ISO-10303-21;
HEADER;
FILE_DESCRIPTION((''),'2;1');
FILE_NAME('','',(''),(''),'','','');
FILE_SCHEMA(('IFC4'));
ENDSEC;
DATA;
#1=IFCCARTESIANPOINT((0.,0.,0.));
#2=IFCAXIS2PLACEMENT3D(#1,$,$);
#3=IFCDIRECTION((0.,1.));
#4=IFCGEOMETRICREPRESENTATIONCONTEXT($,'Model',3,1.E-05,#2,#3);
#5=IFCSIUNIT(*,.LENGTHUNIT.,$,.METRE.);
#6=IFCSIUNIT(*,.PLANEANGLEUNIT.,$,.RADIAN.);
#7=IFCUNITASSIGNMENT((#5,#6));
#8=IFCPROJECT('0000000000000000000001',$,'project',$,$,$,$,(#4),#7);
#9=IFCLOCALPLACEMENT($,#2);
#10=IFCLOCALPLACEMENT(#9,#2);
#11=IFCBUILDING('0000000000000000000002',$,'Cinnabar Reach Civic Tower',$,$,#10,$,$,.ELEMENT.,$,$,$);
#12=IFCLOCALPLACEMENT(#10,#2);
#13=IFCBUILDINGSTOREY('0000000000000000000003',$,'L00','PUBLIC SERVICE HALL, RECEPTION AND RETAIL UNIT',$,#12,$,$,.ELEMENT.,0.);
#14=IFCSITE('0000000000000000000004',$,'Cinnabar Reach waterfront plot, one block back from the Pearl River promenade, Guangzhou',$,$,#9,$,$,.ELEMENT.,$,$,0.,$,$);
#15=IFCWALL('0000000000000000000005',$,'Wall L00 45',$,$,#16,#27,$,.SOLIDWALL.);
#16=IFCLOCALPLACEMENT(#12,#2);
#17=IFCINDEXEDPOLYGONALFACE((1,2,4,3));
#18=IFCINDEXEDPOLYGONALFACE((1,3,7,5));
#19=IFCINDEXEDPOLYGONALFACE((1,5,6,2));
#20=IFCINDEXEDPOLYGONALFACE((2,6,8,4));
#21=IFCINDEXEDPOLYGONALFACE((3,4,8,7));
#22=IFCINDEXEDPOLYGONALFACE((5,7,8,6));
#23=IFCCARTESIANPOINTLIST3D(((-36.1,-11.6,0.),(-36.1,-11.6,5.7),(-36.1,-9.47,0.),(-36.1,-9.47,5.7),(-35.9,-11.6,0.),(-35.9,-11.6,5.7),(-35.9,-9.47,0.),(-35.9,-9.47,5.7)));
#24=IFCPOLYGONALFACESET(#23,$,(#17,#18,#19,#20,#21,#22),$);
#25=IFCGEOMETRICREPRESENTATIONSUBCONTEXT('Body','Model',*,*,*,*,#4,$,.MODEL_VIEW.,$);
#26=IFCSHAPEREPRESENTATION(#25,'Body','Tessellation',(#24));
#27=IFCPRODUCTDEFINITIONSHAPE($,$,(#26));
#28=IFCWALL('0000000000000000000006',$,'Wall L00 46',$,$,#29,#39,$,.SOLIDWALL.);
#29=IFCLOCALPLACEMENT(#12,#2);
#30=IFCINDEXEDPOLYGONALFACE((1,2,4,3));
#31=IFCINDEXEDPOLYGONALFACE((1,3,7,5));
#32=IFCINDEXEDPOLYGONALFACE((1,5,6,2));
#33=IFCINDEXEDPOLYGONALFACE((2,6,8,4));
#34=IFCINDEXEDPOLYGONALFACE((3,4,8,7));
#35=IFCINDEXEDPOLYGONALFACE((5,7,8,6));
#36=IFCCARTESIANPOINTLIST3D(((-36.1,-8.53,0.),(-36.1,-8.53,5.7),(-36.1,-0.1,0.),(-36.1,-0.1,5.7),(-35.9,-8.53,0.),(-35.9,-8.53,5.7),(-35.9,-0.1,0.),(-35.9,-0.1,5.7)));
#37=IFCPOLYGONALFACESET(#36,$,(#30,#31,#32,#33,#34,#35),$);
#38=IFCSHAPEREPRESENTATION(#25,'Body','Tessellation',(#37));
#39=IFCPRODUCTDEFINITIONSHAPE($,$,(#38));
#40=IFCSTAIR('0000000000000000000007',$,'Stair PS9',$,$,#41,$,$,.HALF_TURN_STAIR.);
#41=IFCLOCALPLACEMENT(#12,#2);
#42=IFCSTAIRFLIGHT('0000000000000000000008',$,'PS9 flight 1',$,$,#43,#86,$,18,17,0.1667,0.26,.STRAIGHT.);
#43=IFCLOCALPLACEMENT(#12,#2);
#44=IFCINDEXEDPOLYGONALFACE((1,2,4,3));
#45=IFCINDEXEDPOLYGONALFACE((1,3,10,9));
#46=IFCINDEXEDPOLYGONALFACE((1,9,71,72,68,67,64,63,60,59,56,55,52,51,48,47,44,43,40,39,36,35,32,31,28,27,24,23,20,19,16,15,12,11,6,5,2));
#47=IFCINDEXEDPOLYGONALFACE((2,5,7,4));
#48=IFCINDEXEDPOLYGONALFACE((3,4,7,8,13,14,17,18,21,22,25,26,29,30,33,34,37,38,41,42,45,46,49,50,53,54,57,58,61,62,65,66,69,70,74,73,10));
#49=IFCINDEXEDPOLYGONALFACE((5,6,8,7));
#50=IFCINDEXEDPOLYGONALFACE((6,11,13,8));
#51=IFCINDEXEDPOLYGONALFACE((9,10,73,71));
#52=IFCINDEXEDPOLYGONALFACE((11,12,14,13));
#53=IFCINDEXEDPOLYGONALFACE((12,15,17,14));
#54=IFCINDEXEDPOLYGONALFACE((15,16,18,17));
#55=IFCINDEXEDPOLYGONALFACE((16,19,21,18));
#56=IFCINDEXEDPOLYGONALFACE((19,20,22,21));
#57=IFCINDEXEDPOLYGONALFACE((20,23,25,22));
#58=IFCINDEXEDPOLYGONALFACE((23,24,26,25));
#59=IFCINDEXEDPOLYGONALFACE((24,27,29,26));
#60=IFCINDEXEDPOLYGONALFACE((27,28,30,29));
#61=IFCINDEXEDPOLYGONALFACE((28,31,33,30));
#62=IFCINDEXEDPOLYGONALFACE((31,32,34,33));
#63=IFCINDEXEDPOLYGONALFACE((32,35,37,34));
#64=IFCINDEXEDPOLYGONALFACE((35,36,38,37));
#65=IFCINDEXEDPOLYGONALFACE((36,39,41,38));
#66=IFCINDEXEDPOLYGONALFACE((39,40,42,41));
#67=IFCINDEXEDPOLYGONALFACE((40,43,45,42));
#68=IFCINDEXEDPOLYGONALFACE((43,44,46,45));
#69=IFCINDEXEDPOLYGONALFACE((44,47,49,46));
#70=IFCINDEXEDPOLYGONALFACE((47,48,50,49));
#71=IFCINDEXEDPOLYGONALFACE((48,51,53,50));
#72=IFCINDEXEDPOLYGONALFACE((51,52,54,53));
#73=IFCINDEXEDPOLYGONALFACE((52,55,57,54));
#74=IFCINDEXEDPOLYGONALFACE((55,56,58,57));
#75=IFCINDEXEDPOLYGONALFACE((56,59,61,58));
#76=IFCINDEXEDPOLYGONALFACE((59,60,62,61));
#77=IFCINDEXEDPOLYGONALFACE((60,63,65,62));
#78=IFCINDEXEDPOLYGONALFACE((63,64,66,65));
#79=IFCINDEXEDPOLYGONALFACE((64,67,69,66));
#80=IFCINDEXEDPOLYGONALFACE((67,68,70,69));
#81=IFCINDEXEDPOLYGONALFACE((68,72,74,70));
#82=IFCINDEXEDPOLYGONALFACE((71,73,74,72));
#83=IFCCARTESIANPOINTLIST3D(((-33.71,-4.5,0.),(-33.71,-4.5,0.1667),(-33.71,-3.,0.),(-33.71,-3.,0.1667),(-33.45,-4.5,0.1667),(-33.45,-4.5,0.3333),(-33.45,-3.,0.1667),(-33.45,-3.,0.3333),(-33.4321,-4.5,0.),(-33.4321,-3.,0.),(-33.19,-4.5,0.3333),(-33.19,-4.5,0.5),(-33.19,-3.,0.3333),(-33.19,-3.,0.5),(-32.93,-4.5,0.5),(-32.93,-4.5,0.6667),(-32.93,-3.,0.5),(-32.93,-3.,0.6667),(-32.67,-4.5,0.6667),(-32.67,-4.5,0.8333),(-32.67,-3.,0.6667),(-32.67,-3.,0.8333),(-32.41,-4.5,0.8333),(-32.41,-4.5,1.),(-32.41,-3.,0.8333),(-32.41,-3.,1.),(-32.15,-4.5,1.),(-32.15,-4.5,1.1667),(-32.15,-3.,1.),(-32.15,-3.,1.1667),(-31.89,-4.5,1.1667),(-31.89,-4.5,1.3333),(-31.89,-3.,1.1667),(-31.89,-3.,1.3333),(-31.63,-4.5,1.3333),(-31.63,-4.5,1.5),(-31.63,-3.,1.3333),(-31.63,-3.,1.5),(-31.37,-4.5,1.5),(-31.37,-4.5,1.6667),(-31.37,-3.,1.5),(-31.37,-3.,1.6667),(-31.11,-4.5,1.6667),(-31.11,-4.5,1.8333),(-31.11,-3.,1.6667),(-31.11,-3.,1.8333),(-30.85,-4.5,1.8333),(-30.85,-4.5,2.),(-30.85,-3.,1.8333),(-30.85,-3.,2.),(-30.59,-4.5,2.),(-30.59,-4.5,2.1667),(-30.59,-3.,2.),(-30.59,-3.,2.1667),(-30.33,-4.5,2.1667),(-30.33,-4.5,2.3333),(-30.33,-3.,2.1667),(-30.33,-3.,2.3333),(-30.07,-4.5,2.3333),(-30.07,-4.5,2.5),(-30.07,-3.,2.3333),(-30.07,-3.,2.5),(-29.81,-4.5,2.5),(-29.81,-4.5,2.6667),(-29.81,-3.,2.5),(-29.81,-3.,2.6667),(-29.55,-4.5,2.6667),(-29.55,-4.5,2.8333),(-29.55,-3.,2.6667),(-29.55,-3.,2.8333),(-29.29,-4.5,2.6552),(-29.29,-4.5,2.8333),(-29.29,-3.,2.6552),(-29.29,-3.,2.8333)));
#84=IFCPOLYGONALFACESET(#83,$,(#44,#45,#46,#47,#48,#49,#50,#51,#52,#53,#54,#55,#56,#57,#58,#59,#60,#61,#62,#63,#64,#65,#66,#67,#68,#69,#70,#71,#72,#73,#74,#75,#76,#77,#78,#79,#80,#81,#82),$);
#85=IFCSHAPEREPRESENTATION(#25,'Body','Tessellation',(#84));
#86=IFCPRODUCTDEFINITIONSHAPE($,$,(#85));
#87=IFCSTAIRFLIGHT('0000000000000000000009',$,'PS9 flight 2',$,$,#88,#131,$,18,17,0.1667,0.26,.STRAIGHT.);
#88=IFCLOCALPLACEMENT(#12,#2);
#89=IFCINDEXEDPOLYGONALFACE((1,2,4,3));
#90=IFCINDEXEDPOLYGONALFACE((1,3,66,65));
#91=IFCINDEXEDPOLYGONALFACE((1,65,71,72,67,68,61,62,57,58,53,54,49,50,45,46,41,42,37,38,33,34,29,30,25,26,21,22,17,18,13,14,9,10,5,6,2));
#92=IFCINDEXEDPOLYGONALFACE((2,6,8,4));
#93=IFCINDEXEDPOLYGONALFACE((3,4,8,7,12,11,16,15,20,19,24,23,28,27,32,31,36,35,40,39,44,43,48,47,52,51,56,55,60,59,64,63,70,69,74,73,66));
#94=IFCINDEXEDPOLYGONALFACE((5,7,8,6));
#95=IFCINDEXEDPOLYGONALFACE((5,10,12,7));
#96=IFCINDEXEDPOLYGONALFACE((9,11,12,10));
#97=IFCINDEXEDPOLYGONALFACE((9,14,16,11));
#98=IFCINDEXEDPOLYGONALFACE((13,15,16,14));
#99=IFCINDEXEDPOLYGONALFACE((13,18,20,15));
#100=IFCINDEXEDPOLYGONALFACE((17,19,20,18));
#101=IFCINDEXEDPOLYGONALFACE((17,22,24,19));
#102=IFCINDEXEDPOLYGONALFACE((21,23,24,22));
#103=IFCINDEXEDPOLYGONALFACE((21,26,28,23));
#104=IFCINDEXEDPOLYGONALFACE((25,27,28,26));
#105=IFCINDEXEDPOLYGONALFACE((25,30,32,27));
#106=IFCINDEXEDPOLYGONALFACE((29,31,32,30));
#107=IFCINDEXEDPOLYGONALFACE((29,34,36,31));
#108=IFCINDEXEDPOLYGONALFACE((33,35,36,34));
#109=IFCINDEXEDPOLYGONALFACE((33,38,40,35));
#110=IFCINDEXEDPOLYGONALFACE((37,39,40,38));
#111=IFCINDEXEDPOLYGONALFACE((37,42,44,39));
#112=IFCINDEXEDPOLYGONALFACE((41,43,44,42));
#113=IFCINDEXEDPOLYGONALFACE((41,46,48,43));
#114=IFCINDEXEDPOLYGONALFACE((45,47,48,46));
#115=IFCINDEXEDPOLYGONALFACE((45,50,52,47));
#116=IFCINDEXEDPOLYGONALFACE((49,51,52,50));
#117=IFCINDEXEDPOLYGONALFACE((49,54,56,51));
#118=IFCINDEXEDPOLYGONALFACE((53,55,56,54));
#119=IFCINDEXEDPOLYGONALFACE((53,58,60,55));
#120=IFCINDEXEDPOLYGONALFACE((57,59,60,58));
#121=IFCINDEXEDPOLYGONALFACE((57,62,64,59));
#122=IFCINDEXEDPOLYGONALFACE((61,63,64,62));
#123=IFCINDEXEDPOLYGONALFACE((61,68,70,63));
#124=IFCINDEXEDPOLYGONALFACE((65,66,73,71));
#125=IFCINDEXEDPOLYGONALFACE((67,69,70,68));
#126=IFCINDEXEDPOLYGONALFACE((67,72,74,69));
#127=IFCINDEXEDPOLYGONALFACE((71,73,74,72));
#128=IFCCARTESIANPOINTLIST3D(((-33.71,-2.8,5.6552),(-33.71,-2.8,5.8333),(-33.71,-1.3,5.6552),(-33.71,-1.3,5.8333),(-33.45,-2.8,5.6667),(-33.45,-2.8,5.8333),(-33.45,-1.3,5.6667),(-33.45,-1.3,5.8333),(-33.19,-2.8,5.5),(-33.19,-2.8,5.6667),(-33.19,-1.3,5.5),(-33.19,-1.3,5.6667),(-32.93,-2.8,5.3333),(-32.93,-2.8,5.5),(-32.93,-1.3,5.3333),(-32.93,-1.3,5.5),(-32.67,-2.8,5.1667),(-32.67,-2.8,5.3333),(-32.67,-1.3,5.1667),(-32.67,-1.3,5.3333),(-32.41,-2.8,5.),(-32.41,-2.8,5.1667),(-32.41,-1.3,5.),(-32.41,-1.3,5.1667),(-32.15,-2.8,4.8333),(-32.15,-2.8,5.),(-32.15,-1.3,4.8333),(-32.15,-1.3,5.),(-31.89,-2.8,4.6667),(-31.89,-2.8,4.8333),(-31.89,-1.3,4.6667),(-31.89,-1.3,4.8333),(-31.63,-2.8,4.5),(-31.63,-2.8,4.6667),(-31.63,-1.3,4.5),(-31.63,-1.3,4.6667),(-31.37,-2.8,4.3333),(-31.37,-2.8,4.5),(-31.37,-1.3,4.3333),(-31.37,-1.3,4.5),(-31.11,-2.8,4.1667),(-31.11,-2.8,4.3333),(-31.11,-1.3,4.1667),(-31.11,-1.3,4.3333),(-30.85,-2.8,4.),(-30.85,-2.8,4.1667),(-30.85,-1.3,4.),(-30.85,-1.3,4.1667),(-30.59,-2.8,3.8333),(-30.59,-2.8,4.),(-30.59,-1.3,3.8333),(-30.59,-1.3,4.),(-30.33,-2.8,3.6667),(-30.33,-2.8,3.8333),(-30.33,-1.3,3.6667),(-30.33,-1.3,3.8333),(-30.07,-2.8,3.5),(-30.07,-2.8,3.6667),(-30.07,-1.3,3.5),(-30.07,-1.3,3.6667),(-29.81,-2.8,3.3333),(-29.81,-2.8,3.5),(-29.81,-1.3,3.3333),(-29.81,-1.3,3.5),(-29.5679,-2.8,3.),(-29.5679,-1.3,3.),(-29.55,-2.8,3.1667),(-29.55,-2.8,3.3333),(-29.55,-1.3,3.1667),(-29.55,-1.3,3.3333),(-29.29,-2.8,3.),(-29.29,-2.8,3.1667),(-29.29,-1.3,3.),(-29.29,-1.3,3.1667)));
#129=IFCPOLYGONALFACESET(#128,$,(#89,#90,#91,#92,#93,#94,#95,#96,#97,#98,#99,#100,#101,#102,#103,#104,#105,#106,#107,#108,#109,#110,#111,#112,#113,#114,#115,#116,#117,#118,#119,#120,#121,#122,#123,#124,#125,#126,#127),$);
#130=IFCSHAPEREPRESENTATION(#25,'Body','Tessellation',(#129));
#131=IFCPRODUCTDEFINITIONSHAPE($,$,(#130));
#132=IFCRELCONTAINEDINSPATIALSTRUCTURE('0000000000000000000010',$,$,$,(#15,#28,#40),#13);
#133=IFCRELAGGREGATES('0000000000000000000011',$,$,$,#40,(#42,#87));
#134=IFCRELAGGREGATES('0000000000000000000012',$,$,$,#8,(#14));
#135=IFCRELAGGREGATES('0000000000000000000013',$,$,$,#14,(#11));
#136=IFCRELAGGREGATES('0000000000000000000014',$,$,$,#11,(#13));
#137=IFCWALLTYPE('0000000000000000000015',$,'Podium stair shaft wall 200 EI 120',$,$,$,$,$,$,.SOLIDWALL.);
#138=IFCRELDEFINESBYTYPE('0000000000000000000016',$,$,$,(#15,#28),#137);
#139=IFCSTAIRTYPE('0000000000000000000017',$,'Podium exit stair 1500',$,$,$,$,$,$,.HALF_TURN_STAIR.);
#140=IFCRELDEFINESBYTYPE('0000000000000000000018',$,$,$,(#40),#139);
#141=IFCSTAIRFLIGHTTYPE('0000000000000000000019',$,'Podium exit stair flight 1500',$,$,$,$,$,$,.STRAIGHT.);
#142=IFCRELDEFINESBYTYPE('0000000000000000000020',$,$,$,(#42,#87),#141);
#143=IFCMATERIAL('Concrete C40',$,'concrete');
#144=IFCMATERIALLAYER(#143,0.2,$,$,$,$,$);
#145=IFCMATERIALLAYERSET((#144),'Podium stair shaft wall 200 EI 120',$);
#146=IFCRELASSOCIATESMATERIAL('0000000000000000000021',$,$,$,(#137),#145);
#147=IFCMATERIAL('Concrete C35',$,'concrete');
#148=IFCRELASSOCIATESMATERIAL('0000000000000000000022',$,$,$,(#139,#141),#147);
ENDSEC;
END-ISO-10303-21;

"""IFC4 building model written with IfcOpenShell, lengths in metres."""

from ifc_helpers import new_model, si_unit, direction, frame, frame_2d, origin, place, context, subcontext, project, spatial, polyline, rectangle, outline, extrude, material, layer, layer_set, type_object, element, aggregate, save


model = new_model("IFC4")

# Units and contexts
model_context = context("Model", 3, precision=1e-05, world=origin(), true_north=direction((0.0, 1.0)))
body_context = subcontext(model_context, "Body", "Model", "MODEL_VIEW")
ifc_project = project(units=[si_unit("LENGTHUNIT", "METRE"), si_unit("PLANEANGLEUNIT", "RADIAN")], contexts=[model_context])

# Site, building, storey
site_placement = place(None, origin())
site = spatial("IfcSite", under=ifc_project, at=site_placement, Name="Cinnabar Reach waterfront plot, one block back from the Pearl River promenade, Guangzhou", CompositionType="ELEMENT", RefElevation=0.0)
building_placement = place(site_placement, origin())
building = spatial("IfcBuilding", under=site, at=building_placement, Name="Cinnabar Reach Civic Tower", CompositionType="ELEMENT")
storey_placement = place(building_placement, origin())
storey = spatial("IfcBuildingStorey", under=building, at=storey_placement, Name="L00", Description="PUBLIC SERVICE HALL, RECEPTION AND RETAIL UNIT", CompositionType="ELEMENT", Elevation=0.0)

# Walls
ifc_material_1 = material(Name="Concrete C40", Category="concrete")
ifc_layer_1 = layer(ifc_material_1, 0.2)
ifc_layer_set_1 = layer_set([ifc_layer_1], Name="Podium stair shaft wall 200 EI 120")
wall_type_1 = type_object("IfcWallType", Name="Podium stair shaft wall 200 EI 120", PredefinedType="SOLIDWALL", material=ifc_layer_set_1)
wall_1_placement = place(storey_placement, frame((-36.0, -11.6, 0.0), z_axis=(0.0, 0.0, 1.0), x_axis=(0.0, 1.0, 0.0)))
element("IfcWall", 1, at=wall_1_placement, inside=storey, type_object=wall_type_1, Name="Wall L00 45", PredefinedType="SOLIDWALL", context=body_context, shape_type="SweptSolid", body=[
    extrude(rectangle(XDim=2.13, YDim=0.2, at=frame_2d((1.065, 0.0))), origin(), (0.0, 0.0, 1.0), 5.7),
])
wall_2_placement = place(storey_placement, frame((-36.0, -8.53, 0.0), z_axis=(0.0, 0.0, 1.0), x_axis=(0.0, 1.0, 0.0)))
element("IfcWall", 2, at=wall_2_placement, inside=storey, type_object=wall_type_1, Name="Wall L00 46", PredefinedType="SOLIDWALL", context=body_context, shape_type="SweptSolid", body=[
    extrude(rectangle(XDim=8.43, YDim=0.2, at=frame_2d((4.215, 0.0))), origin(), (0.0, 0.0, 1.0), 5.7),
])

# Stair, stair flights
ifc_material_2 = material(Name="Concrete C35", Category="concrete")
stair_type = type_object("IfcStairType", Name="Podium exit stair 1500", PredefinedType="HALF_TURN_STAIR", material=ifc_material_2)
stair_placement = place(storey_placement, origin())
stair = element("IfcStair", 3, at=stair_placement, inside=storey, type_object=stair_type, Name="Stair PS9", PredefinedType="HALF_TURN_STAIR")
stair_flight_type = type_object("IfcStairFlightType", Name="Podium exit stair flight 1500", PredefinedType="STRAIGHT", material=ifc_material_2)
stair_flight_1_placement = place(storey_placement, frame((-33.71, -3.75, 0.0), z_axis=(0.0, 0.0, 1.0), x_axis=(1.0, 0.0, 0.0)))
stair_flight_1 = element("IfcStairFlight", 4, at=stair_flight_1_placement, type_object=stair_flight_type, Name="PS9 flight 1", NumberOfRisers=18, NumberOfTreads=17, PredefinedType="STRAIGHT", RiserHeight=0.1667, TreadLength=0.26, context=body_context, shape_type="SweptSolid", body=[
    extrude(outline(polyline([(0.0, 0.0), (0.0, 0.1667), (0.26, 0.1667), (0.26, 0.3333), (0.52, 0.3333), (0.52, 0.5), (0.78, 0.5), (0.78, 0.6667), (1.04, 0.6667), (1.04, 0.8333), (1.3, 0.8333), (1.3, 1.0), (1.56, 1.0), (1.56, 1.1667), (1.82, 1.1667), (1.82, 1.3333), (2.08, 1.3333), (2.08, 1.5), (2.34, 1.5), (2.34, 1.6667), (2.6, 1.6667), (2.6, 1.8333), (2.86, 1.8333), (2.86, 2.0), (3.12, 2.0), (3.12, 2.1667), (3.38, 2.1667), (3.38, 2.3333), (3.64, 2.3333), (3.64, 2.5), (3.9, 2.5), (3.9, 2.6667), (4.16, 2.6667), (4.16, 2.8333), (4.42, 2.8333), (4.42, 3.0), (4.42, 2.6552), (0.2779, 0.0), (0.0, 0.0)])), frame((0.0, 0.75, 0.0), z_axis=(0.0, -1.0, 0.0), x_axis=(1.0, 0.0, 0.0)), (0.0, 0.0, 1.0), 1.5),
])
stair_flight_2_placement = place(storey_placement, frame((-29.29, -2.05, 3.0), z_axis=(0.0, 0.0, 1.0), x_axis=(-1.0, 0.0, 0.0)))
stair_flight_2 = element("IfcStairFlight", 5, at=stair_flight_2_placement, type_object=stair_flight_type, Name="PS9 flight 2", NumberOfRisers=18, NumberOfTreads=17, PredefinedType="STRAIGHT", RiserHeight=0.1667, TreadLength=0.26, context=body_context, shape_type="SweptSolid", body=[
    extrude(outline(polyline([(0.0, 0.0), (0.0, 0.1667), (0.26, 0.1667), (0.26, 0.3333), (0.52, 0.3333), (0.52, 0.5), (0.78, 0.5), (0.78, 0.6667), (1.04, 0.6667), (1.04, 0.8333), (1.3, 0.8333), (1.3, 1.0), (1.56, 1.0), (1.56, 1.1667), (1.82, 1.1667), (1.82, 1.3333), (2.08, 1.3333), (2.08, 1.5), (2.34, 1.5), (2.34, 1.6667), (2.6, 1.6667), (2.6, 1.8333), (2.86, 1.8333), (2.86, 2.0), (3.12, 2.0), (3.12, 2.1667), (3.38, 2.1667), (3.38, 2.3333), (3.64, 2.3333), (3.64, 2.5), (3.9, 2.5), (3.9, 2.6667), (4.16, 2.6667), (4.16, 2.8333), (4.42, 2.8333), (4.42, 3.0), (4.42, 2.6552), (0.2779, 0.0), (0.0, 0.0)])), frame((0.0, 0.75, 0.0), z_axis=(0.0, -1.0, 0.0), x_axis=(1.0, 0.0, 0.0)), (0.0, 0.0, 1.0), 1.5),
])
aggregate(stair, [stair_flight_1, stair_flight_2])

save(model, "model.ifc")
